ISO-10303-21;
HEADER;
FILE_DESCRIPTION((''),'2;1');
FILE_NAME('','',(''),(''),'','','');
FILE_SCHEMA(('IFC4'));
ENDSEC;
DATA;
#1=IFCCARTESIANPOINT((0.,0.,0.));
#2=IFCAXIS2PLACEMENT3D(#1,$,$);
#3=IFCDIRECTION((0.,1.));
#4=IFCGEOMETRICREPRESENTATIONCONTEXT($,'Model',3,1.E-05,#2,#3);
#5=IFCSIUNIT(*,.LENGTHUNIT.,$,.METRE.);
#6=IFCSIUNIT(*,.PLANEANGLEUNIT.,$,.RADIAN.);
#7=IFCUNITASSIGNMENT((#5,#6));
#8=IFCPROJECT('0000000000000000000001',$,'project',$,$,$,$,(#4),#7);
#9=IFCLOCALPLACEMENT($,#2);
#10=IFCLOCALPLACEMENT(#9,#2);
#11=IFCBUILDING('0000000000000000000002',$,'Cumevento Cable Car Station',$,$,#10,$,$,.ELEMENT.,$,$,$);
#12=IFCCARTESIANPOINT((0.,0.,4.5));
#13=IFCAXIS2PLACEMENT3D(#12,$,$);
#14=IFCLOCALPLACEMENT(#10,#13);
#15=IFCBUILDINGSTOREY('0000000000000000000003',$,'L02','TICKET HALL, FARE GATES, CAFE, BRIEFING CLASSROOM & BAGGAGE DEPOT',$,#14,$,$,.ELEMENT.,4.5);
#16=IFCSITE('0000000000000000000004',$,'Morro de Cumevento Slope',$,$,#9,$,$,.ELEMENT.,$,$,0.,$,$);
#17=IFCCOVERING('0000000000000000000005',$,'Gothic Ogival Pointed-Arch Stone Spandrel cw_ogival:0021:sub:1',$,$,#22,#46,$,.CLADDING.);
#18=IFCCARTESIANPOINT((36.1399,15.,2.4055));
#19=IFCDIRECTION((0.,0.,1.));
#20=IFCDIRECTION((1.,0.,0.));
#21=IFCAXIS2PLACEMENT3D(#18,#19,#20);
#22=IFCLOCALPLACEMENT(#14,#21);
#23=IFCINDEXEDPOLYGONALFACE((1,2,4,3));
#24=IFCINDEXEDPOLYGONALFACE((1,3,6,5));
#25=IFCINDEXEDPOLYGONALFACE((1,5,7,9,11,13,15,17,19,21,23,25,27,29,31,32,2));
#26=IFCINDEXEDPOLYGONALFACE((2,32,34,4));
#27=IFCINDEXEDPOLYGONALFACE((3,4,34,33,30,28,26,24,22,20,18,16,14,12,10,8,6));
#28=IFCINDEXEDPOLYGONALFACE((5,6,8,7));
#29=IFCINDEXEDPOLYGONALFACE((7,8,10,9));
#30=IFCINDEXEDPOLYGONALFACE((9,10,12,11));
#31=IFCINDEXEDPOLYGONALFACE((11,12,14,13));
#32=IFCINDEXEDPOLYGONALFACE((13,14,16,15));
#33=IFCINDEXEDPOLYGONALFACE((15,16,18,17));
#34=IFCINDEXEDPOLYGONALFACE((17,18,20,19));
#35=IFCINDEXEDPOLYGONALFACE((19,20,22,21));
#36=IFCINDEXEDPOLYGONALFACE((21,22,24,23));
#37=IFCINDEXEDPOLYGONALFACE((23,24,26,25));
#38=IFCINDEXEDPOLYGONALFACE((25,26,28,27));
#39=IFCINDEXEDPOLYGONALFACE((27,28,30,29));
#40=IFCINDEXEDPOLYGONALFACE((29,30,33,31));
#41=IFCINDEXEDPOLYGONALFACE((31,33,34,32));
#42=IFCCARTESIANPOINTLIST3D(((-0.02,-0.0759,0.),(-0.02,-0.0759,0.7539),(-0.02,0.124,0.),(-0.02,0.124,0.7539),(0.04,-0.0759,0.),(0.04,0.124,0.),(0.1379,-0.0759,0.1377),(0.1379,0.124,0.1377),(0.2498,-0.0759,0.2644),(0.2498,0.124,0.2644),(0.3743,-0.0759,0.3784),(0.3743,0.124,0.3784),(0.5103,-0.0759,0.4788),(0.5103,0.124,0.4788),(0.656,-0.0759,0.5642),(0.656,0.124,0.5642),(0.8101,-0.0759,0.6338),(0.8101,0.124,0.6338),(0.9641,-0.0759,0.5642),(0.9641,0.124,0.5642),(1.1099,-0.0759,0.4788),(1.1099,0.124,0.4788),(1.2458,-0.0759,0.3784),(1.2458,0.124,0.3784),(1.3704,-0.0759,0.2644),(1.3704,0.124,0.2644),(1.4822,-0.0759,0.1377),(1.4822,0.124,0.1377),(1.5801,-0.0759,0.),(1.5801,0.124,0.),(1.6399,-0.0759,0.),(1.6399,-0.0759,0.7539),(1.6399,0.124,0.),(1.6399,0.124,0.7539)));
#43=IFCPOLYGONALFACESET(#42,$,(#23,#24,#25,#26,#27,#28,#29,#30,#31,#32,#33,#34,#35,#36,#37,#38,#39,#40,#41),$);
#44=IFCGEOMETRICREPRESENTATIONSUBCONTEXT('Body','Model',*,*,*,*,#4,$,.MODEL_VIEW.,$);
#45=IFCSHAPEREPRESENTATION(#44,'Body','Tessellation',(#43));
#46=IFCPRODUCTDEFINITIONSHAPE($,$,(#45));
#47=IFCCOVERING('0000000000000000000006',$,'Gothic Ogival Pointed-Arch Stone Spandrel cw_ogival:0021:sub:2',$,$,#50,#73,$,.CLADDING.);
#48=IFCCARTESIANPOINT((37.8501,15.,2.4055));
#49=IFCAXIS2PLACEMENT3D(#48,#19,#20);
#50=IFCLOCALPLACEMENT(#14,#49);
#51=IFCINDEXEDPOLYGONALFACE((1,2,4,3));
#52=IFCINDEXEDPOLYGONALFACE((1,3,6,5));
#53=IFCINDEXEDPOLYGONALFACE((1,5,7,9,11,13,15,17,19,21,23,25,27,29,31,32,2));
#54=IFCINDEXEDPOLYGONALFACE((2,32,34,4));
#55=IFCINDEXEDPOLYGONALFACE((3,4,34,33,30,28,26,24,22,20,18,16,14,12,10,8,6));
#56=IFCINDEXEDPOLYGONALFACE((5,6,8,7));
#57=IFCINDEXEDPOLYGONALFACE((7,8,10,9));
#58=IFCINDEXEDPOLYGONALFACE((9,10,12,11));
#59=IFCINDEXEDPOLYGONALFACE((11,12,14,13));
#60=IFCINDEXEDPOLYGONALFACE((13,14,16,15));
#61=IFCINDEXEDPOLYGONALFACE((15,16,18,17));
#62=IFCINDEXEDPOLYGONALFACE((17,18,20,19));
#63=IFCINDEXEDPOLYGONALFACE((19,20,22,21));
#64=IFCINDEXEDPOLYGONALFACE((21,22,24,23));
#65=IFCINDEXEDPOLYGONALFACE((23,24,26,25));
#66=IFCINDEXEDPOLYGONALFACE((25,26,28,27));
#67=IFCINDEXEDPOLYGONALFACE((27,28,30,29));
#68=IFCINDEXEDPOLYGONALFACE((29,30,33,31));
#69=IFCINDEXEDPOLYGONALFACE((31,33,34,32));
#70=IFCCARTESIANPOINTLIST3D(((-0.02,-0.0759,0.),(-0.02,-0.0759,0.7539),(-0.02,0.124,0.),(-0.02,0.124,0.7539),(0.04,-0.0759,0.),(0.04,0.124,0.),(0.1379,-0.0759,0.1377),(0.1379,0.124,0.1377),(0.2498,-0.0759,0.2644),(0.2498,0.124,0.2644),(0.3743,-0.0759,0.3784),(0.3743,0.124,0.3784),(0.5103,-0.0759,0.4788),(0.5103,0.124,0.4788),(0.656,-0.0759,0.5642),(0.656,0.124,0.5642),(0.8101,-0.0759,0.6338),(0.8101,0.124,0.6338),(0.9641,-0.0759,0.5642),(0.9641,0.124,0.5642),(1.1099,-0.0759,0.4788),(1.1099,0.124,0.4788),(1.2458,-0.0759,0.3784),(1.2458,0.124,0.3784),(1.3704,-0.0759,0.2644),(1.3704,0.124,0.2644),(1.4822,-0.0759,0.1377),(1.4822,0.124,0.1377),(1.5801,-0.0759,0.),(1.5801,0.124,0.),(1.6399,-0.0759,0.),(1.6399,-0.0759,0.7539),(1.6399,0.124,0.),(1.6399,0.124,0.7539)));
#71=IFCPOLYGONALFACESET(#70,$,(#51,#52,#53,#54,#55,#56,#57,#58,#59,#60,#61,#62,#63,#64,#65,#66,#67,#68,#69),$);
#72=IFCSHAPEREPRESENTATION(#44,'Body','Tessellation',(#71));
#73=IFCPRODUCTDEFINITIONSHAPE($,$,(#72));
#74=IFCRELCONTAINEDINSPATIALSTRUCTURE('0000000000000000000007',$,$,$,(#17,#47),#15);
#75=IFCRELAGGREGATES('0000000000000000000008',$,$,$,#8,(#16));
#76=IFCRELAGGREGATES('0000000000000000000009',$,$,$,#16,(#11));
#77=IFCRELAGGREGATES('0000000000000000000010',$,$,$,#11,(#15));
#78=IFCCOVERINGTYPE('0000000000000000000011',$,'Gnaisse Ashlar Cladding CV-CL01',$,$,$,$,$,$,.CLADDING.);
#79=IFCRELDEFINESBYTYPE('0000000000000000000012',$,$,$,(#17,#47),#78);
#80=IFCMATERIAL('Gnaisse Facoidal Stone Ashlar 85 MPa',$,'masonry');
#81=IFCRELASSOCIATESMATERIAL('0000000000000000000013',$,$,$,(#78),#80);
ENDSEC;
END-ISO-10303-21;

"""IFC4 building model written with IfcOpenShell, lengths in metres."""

from ifc_helpers import new_model, si_unit, direction, frame, origin, place, context, subcontext, project, spatial, polyline, outline, extrude, material, type_object, element, save


model = new_model("IFC4")

# Units and contexts
model_context = context("Model", 3, precision=1e-05, world=origin(), true_north=direction((0.0, 1.0)))
body_context = subcontext(model_context, "Body", "Model", "MODEL_VIEW")
ifc_project = project(units=[si_unit("LENGTHUNIT", "METRE"), si_unit("PLANEANGLEUNIT", "RADIAN")], contexts=[model_context])

# Site, building, storey
site_placement = place(None, origin())
site = spatial("IfcSite", under=ifc_project, at=site_placement, Name="Morro de Cumevento Slope", CompositionType="ELEMENT", RefElevation=0.0)
building_placement = place(site_placement, origin())
building = spatial("IfcBuilding", under=site, at=building_placement, Name="Cumevento Cable Car Station", CompositionType="ELEMENT")
storey_placement = place(building_placement, frame((0.0, 0.0, 4.5)))
storey = spatial("IfcBuildingStorey", under=building, at=storey_placement, Name="L02", Description="TICKET HALL, FARE GATES, CAFE, BRIEFING CLASSROOM & BAGGAGE DEPOT", CompositionType="ELEMENT", Elevation=4.5)

# Coverings
ifc_material_1 = material(Name="Gnaisse Facoidal Stone Ashlar 85 MPa", Category="masonry")
covering_type = type_object("IfcCoveringType", Name="Gnaisse Ashlar Cladding CV-CL01", PredefinedType="CLADDING", material=ifc_material_1)
for number, where, z_axis, x_axis, name in (
    (1, (36.1399, 15.0, 2.4055), (0.0, 0.0, 1.0), (1.0, 0.0, 0.0), "Gothic Ogival Pointed-Arch Stone Spandrel cw_ogival:0021:sub:1"),
    (2, (37.8501, 15.0, 2.4055), (0.0, 0.0, 1.0), (1.0, 0.0, 0.0), "Gothic Ogival Pointed-Arch Stone Spandrel cw_ogival:0021:sub:2"),
):
    element("IfcCovering", number, at=place(storey_placement, frame(where, z_axis=z_axis, x_axis=x_axis)), inside=storey, type_object=covering_type, Name=name, PredefinedType="CLADDING", context=body_context, shape_type="SweptSolid", body=[
        extrude(outline(polyline([(-0.02, 0.0), (-0.02, 0.7539), (1.6399, 0.7539), (1.6399, 0.0), (1.5801, 0.0), (1.4822, 0.1377), (1.3704, 0.2644), (1.2458, 0.3784), (1.1099, 0.4788), (0.9641, 0.5642), (0.8101, 0.6338), (0.656, 0.5642), (0.5103, 0.4788), (0.3743, 0.3784), (0.2498, 0.2644), (0.1379, 0.1377), (0.04, 0.0), (-0.02, 0.0)])), frame((0.0, 0.124, 0.0), z_axis=(0.0, -1.0, 0.0), x_axis=(1.0, 0.0, 0.0)), (0.0, 0.0, 1.0), 0.2),
    ])

save(model, "model.ifc")
